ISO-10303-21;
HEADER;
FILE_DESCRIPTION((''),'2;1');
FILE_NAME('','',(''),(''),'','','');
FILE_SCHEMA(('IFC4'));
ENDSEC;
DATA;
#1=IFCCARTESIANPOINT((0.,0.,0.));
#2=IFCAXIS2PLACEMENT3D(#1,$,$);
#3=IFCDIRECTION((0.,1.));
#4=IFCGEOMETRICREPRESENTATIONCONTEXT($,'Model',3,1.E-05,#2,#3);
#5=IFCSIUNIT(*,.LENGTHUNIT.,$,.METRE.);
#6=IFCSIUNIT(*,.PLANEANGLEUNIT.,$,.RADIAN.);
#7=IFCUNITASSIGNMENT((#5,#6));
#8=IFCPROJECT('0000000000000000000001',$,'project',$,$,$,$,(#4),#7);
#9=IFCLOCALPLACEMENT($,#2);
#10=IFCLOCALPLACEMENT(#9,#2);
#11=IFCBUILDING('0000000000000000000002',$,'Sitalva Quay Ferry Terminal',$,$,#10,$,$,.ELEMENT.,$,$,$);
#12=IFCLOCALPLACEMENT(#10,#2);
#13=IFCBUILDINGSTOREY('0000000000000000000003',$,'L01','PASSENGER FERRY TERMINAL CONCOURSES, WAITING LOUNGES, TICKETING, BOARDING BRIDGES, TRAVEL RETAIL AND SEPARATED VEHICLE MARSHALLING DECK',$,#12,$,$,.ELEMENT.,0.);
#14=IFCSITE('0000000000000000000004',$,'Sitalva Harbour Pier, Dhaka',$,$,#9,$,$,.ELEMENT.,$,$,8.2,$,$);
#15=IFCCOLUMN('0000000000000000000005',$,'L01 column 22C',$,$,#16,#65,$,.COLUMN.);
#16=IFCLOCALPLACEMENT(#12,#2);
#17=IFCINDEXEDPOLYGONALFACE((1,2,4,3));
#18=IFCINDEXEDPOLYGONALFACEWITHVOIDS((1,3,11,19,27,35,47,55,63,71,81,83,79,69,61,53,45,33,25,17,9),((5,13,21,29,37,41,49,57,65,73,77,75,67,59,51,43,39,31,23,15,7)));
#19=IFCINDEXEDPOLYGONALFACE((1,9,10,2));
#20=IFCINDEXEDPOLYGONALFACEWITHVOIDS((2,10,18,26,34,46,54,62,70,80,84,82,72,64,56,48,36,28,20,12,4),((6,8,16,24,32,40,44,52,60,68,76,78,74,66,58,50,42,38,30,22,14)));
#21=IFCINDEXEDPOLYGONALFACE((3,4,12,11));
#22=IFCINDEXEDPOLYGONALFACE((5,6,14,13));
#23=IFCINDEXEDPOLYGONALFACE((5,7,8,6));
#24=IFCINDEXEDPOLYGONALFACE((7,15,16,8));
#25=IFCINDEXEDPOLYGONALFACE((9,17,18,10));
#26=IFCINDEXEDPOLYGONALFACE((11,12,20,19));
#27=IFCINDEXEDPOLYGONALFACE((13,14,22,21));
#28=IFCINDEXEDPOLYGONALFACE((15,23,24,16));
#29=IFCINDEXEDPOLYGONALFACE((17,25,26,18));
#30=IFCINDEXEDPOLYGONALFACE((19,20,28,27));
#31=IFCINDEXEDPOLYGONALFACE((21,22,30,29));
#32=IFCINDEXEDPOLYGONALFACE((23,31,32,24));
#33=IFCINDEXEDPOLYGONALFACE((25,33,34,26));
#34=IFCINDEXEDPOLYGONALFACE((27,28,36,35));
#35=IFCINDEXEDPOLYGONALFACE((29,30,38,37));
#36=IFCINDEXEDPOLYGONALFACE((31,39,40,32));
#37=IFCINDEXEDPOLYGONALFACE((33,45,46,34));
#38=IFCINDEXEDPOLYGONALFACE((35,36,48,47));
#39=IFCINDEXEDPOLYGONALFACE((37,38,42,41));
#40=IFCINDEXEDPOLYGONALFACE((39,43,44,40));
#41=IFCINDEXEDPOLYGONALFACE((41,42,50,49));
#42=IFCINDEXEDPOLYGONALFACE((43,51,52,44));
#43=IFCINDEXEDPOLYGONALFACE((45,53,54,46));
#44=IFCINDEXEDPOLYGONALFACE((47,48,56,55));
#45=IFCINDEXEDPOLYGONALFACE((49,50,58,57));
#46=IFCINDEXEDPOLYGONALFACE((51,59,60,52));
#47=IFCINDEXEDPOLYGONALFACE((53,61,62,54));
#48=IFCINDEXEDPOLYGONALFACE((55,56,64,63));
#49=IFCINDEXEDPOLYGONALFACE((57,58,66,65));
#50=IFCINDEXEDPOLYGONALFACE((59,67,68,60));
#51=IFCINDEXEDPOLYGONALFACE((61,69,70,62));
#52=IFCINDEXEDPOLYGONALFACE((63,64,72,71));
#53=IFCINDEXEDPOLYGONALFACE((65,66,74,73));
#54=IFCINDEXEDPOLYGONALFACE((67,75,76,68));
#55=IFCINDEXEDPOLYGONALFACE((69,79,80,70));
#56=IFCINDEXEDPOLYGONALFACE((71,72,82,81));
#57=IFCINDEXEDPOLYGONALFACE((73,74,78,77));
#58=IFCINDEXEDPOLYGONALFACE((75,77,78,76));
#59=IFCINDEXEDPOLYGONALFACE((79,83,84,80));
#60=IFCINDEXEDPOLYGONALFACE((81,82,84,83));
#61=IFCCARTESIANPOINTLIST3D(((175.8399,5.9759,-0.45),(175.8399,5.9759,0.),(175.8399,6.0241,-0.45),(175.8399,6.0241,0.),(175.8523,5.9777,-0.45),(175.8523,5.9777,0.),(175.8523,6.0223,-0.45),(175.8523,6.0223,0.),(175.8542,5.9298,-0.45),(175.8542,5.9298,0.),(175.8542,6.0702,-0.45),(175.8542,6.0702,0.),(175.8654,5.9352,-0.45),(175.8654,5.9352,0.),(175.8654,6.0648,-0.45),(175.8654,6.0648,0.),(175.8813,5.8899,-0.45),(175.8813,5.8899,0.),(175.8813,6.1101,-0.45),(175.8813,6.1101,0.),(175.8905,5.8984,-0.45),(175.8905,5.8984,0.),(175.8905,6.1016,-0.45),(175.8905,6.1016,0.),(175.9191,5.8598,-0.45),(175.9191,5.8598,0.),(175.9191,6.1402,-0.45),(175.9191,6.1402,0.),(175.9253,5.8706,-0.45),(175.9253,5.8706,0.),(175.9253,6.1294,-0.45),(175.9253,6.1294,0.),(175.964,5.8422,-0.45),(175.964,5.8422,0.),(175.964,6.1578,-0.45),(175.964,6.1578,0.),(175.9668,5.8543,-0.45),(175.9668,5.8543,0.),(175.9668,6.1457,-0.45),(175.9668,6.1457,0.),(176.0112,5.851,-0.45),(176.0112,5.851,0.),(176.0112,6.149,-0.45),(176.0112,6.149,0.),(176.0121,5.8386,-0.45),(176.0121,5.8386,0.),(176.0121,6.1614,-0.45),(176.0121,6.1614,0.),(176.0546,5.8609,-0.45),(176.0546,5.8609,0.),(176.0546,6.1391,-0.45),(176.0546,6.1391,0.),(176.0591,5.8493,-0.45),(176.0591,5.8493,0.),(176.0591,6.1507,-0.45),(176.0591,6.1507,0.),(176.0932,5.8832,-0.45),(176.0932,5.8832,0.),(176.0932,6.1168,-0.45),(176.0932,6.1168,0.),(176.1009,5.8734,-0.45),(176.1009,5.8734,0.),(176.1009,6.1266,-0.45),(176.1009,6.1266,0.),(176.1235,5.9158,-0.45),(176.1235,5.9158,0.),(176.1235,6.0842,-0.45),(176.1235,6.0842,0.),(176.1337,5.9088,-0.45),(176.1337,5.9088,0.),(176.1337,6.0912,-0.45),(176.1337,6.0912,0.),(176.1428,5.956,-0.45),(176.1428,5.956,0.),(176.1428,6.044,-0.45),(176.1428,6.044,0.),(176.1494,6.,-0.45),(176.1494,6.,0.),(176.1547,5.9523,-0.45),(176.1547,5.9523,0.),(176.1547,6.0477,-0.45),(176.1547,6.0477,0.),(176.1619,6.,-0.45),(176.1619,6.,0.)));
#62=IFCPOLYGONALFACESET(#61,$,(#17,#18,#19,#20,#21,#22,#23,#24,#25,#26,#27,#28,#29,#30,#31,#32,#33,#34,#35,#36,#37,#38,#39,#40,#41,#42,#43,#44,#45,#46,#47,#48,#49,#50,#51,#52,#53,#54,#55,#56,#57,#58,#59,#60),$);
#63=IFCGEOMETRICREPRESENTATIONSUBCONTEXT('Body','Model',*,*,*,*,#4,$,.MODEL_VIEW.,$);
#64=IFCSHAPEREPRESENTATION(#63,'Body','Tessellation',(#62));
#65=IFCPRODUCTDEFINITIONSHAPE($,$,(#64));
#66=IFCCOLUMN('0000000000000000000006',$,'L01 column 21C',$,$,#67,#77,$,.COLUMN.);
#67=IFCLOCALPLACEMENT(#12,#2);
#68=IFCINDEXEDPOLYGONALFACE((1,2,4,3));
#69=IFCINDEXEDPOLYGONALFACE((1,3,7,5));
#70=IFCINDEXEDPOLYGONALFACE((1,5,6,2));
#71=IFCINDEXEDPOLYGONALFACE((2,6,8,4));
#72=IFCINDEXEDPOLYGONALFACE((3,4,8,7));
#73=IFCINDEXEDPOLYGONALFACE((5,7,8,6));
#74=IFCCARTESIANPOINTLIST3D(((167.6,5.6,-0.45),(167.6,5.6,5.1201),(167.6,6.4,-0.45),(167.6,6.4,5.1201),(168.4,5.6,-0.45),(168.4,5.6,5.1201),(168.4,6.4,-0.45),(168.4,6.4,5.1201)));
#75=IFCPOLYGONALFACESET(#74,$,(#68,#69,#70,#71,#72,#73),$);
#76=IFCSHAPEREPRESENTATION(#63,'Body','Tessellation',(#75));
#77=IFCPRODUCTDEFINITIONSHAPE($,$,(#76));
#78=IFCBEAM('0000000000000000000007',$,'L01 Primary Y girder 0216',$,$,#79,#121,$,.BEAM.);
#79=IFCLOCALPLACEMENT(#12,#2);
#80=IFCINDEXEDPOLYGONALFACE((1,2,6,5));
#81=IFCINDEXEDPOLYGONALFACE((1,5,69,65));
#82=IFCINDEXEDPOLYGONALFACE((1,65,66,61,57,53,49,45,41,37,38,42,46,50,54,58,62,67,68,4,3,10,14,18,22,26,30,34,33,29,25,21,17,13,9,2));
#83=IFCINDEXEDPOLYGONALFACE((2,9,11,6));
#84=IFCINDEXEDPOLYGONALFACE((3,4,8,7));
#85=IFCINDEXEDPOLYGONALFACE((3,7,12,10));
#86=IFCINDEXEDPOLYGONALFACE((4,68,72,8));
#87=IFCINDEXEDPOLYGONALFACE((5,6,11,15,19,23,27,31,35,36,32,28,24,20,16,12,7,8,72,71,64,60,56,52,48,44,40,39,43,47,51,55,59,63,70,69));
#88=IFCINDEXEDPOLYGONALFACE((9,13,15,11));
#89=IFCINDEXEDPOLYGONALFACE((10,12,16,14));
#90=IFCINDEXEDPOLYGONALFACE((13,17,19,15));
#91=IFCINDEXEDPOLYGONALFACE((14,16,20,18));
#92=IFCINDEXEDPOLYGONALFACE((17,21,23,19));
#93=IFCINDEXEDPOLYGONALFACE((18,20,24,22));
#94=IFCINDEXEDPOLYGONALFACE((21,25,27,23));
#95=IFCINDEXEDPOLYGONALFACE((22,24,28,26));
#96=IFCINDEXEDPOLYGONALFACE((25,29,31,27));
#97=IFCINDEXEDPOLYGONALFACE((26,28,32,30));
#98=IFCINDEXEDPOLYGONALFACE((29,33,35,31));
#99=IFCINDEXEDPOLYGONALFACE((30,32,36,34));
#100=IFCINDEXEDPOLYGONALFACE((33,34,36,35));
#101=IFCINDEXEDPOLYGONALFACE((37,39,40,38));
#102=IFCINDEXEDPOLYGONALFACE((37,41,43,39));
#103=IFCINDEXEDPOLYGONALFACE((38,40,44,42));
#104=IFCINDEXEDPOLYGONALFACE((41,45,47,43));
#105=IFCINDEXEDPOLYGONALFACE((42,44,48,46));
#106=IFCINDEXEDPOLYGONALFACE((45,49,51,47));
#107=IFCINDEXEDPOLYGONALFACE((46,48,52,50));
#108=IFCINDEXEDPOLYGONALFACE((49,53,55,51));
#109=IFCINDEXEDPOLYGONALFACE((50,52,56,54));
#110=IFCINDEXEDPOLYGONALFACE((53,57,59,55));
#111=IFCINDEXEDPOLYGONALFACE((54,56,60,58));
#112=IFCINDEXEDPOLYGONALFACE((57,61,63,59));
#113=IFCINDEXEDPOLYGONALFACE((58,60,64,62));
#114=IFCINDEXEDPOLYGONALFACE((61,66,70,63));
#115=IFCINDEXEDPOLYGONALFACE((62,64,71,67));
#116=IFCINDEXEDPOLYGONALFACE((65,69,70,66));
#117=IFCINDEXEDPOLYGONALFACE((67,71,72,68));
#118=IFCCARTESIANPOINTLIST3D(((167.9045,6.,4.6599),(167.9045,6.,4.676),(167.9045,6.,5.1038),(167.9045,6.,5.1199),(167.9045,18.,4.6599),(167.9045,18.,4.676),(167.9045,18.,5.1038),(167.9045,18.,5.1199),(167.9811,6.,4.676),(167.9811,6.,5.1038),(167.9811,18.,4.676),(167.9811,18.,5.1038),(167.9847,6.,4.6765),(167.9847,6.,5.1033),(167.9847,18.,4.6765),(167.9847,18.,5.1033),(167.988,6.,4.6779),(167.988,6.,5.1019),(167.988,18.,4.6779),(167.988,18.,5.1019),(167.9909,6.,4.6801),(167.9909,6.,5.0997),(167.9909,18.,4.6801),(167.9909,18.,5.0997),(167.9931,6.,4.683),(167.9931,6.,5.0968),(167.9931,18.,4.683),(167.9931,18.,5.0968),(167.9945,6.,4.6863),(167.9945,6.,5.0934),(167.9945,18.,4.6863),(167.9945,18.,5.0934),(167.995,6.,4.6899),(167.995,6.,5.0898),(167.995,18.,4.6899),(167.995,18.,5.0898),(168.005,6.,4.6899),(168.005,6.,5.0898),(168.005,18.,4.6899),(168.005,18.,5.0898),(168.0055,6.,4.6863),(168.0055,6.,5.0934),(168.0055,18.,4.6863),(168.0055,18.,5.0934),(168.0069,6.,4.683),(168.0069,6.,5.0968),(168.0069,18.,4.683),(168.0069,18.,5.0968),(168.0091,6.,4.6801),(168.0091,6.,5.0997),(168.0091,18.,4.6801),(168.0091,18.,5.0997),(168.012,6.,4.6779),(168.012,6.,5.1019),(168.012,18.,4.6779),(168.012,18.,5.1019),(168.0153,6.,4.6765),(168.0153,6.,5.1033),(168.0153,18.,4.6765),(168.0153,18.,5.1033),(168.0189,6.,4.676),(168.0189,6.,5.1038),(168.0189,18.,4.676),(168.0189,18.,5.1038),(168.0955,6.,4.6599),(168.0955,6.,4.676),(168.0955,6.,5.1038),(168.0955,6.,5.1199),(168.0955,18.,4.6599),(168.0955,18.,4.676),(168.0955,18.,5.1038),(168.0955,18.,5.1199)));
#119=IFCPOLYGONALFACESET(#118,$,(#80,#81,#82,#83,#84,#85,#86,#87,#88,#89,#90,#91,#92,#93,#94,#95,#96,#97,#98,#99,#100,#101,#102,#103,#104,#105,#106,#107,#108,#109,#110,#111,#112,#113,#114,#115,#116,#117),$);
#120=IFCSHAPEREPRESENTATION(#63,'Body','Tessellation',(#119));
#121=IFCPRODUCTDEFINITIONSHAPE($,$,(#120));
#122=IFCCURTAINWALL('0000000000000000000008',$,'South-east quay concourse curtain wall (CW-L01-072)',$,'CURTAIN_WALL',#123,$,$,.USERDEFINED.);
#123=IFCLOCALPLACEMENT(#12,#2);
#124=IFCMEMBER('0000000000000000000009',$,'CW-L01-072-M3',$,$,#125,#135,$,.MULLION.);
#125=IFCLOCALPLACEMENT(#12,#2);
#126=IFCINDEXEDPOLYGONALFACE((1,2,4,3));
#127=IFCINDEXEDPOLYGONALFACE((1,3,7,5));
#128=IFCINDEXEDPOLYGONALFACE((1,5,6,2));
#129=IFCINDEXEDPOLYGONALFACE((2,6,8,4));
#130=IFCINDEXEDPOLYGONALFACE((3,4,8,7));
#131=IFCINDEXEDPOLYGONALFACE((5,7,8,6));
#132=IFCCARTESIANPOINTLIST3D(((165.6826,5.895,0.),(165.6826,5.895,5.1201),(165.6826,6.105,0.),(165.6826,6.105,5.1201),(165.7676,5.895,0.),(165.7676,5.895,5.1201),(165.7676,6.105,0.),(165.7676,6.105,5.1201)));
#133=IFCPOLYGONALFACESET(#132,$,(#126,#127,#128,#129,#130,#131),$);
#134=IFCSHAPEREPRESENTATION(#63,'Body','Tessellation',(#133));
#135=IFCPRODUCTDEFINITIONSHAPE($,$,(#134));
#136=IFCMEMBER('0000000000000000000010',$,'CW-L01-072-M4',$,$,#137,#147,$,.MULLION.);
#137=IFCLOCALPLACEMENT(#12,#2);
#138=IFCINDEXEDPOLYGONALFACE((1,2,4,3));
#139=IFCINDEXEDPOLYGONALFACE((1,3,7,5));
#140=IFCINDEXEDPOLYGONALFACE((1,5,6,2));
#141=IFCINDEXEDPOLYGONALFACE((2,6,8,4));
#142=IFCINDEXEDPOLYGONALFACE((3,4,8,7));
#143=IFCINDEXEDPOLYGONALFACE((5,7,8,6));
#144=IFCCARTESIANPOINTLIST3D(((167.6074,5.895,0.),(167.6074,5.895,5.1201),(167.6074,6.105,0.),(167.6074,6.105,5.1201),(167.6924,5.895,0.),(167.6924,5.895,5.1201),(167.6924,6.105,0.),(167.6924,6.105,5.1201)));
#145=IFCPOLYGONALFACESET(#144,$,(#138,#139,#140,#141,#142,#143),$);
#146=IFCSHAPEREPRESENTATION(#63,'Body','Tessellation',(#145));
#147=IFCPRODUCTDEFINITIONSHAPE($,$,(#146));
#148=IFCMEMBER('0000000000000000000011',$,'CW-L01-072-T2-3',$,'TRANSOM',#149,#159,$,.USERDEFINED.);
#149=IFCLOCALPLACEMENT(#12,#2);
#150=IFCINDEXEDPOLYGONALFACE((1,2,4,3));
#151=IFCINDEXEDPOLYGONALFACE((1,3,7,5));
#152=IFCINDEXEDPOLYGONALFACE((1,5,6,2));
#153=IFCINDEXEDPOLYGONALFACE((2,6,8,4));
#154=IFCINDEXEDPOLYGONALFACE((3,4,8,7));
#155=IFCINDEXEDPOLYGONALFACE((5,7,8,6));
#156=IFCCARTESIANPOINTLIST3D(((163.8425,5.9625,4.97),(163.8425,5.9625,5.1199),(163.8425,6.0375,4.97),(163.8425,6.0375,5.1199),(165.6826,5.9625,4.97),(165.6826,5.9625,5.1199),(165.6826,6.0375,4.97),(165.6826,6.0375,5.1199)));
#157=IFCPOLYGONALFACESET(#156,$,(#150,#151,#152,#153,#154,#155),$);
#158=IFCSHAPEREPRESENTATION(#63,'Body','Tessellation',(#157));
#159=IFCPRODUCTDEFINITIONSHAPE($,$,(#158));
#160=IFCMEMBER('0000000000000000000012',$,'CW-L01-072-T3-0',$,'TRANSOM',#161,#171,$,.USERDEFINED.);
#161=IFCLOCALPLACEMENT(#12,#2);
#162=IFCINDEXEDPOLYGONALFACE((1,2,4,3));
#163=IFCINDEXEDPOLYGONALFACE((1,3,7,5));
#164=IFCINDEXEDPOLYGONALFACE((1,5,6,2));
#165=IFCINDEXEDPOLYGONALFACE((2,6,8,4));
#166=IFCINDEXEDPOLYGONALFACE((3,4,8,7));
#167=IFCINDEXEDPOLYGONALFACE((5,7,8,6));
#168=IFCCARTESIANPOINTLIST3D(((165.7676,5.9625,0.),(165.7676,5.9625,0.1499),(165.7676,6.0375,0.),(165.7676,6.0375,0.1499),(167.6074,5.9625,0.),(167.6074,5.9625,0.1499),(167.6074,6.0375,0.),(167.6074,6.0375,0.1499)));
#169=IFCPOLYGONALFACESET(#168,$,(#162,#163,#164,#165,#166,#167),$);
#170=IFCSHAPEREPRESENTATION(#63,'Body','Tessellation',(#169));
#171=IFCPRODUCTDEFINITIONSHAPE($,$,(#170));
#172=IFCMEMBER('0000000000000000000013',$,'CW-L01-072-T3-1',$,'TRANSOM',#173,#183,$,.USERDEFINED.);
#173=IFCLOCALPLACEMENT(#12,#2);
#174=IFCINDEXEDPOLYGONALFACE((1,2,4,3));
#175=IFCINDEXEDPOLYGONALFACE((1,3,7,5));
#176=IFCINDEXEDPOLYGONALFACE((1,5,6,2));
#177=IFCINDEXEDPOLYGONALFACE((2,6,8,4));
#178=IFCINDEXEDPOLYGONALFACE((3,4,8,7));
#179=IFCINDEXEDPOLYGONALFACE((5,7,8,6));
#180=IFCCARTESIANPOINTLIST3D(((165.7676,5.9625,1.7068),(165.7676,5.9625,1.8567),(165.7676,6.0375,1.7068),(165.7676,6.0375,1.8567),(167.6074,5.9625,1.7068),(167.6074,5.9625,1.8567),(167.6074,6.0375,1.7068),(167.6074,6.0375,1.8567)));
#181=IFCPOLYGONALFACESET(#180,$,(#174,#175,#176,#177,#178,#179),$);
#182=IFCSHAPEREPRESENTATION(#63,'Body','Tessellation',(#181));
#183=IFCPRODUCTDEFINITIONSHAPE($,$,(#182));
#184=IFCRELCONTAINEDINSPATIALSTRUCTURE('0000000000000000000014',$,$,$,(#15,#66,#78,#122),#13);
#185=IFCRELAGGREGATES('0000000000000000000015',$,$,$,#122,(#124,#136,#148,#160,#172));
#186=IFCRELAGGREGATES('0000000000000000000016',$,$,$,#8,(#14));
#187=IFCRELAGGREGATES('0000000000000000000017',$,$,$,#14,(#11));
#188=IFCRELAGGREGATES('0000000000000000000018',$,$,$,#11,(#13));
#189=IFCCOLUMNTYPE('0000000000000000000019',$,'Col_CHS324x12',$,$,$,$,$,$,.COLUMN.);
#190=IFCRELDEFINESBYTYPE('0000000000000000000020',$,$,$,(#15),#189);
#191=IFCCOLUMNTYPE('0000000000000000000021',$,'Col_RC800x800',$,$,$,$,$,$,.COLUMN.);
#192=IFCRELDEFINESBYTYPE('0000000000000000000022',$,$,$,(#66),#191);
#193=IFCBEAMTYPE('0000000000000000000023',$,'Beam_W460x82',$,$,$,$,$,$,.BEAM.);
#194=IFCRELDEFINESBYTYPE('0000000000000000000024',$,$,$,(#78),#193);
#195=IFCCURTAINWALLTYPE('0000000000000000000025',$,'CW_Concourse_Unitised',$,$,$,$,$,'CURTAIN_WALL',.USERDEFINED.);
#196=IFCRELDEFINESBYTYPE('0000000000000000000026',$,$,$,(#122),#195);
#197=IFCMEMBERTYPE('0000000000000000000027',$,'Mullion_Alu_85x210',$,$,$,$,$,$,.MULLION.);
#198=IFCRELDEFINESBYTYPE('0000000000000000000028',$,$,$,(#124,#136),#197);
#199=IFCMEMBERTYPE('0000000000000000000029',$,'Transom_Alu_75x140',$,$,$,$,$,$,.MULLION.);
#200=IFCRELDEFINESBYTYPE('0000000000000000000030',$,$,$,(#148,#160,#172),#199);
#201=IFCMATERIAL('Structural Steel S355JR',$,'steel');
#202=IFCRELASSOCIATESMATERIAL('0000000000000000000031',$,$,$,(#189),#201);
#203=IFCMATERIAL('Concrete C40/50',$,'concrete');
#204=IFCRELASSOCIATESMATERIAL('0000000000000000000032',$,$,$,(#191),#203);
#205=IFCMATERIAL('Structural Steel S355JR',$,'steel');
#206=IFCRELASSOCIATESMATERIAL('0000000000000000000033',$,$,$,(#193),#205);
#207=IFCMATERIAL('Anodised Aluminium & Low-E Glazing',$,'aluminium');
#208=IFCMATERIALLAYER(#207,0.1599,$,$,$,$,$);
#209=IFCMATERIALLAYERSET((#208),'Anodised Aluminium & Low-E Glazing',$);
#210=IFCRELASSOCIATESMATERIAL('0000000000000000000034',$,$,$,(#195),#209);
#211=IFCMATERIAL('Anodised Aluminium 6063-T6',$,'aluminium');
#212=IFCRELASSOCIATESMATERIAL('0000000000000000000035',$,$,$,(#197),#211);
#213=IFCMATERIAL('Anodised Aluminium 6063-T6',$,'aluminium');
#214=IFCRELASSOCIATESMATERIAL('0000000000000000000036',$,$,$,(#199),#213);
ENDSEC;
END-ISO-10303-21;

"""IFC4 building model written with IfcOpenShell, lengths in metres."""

from ifc_helpers import new_model, si_unit, direction, frame, origin, origin_2d, place, context, subcontext, project, spatial, rectangle, hollow_circle, i_section, extrude, material, layer, layer_set, material_profile, profile_set, type_object, element, aggregate, save


model = new_model("IFC4")

# Units and contexts
model_context = context("Model", 3, precision=1e-05, world=origin(), true_north=direction((0.0, 1.0)))
body_context = subcontext(model_context, "Body", "Model", "MODEL_VIEW")
ifc_project = project(units=[si_unit("LENGTHUNIT", "METRE"), si_unit("PLANEANGLEUNIT", "RADIAN")], contexts=[model_context])

# Site, building, storey
site_placement = place(None, origin())
site = spatial("IfcSite", under=ifc_project, at=site_placement, Name="Sitalva Harbour Pier, Dhaka", CompositionType="ELEMENT", RefElevation=8.2)
building_placement = place(site_placement, origin())
building = spatial("IfcBuilding", under=site, at=building_placement, Name="Sitalva Quay Ferry Terminal", CompositionType="ELEMENT")
storey_placement = place(building_placement, origin())
storey = spatial("IfcBuildingStorey", under=building, at=storey_placement, Name="L01", Description="PASSENGER FERRY TERMINAL CONCOURSES, WAITING LOUNGES, TICKETING, BOARDING BRIDGES, TRAVEL RETAIL AND SEPARATED VEHICLE MARSHALLING DECK", CompositionType="ELEMENT", Elevation=0.0)

# Columns
ifc_material_1 = material(Name="Structural Steel S355JR", Category="steel")
ifc_material_profile_1 = material_profile(ifc_material_1, hollow_circle(Radius=0.1619, WallThickness=0.0125, at=origin_2d()), Name="CHS324x12.5")
ifc_profile_set_1 = profile_set([ifc_material_profile_1], Name="Structural Steel S355JR")
column_type_1 = type_object("IfcColumnType", Name="Col_CHS324x12", PredefinedType="COLUMN", material=ifc_profile_set_1)
column_1_placement = place(storey_placement, frame((176.0, 6.0, -0.45), z_axis=(0.0, 0.0, 1.0), x_axis=(1.0, 0.0, 0.0)))
element("IfcColumn", 1, at=column_1_placement, inside=storey, type_object=column_type_1, Name="L01 column 22C", PredefinedType="COLUMN", context=body_context, shape_type="SweptSolid", body=[
    extrude(hollow_circle(Radius=0.1619, WallThickness=0.0125, at=origin_2d()), origin(), (0.0, 0.0, 1.0), 0.45),
])
ifc_material_2 = material(Name="Concrete C40/50", Category="concrete")
ifc_material_profile_2 = material_profile(ifc_material_2, rectangle(XDim=0.8, YDim=0.8, at=origin_2d()), Name="RC800x800")
ifc_profile_set_2 = profile_set([ifc_material_profile_2], Name="Concrete C40/50")
column_type_2 = type_object("IfcColumnType", Name="Col_RC800x800", PredefinedType="COLUMN", material=ifc_profile_set_2)
column_2_placement = place(storey_placement, frame((168.0, 6.0, -0.45), z_axis=(0.0, 0.0, 1.0), x_axis=(1.0, 0.0, 0.0)))
element("IfcColumn", 2, at=column_2_placement, inside=storey, type_object=column_type_2, Name="L01 column 21C", PredefinedType="COLUMN", context=body_context, shape_type="SweptSolid", body=[
    extrude(rectangle(XDim=0.8, YDim=0.8, at=origin_2d()), origin(), (0.0, 0.0, 1.0), 5.5701),
])

# Beam
ifc_material_3 = material(Name="Structural Steel S355JR", Category="steel")
ifc_material_profile_3 = material_profile(ifc_material_3, i_section(OverallWidth=0.1909, OverallDepth=0.46, WebThickness=0.01, FlangeThickness=0.0161, FilletRadius=0.0139, at=origin_2d()), Name="W460x82")
ifc_profile_set_3 = profile_set([ifc_material_profile_3], Name="Structural Steel S355JR")
beam_type = type_object("IfcBeamType", Name="Beam_W460x82", PredefinedType="BEAM", material=ifc_profile_set_3)
beam_placement = place(storey_placement, frame((168.0, 6.0, 4.8899), z_axis=(0.0, 1.0, 0.0), x_axis=(-1.0, 0.0, 0.0)))
element("IfcBeam", 3, at=beam_placement, inside=storey, type_object=beam_type, Name="L01 Primary Y girder 0216", PredefinedType="BEAM", context=body_context, shape_type="SweptSolid", body=[
    extrude(i_section(OverallWidth=0.1909, OverallDepth=0.46, WebThickness=0.01, FlangeThickness=0.0161, FilletRadius=0.0139, at=origin_2d()), origin(), (0.0, 0.0, 1.0), 12.0),
])

# Curtain wall, members
ifc_material_4 = material(Name="Anodised Aluminium & Low-E Glazing", Category="aluminium")
ifc_layer_1 = layer(ifc_material_4, 0.1599)
ifc_layer_set_1 = layer_set([ifc_layer_1], Name="Anodised Aluminium & Low-E Glazing")
curtain_wall_type = type_object("IfcCurtainWallType", Name="CW_Concourse_Unitised", ElementType="CURTAIN_WALL", PredefinedType="USERDEFINED", material=ifc_layer_set_1)
curtain_wall_placement = place(storey_placement, origin())
curtain_wall = element("IfcCurtainWall", 4, at=curtain_wall_placement, inside=storey, type_object=curtain_wall_type, Name="South-east quay concourse curtain wall (CW-L01-072)", ObjectType="CURTAIN_WALL", PredefinedType="USERDEFINED")
ifc_material_5 = material(Name="Anodised Aluminium 6063-T6", Category="aluminium")
ifc_material_profile_4 = material_profile(ifc_material_5, rectangle(XDim=0.085, YDim=0.21, at=origin_2d()), Name="ALU85x210")
ifc_profile_set_4 = profile_set([ifc_material_profile_4], Name="Anodised Aluminium 6063-T6")
member_type_1 = type_object("IfcMemberType", Name="Mullion_Alu_85x210", PredefinedType="MULLION", material=ifc_profile_set_4)
member_1_placement = place(storey_placement, frame((165.7251, 6.0, 0.0), z_axis=(0.0, 0.0, 1.0), x_axis=(1.0, 0.0, 0.0)))
member_1 = element("IfcMember", 5, at=member_1_placement, type_object=member_type_1, Name="CW-L01-072-M3", PredefinedType="MULLION", context=body_context, shape_type="SweptSolid", body=[
    extrude(rectangle(XDim=0.085, YDim=0.21, at=origin_2d()), origin(), (0.0, 0.0, 1.0), 5.1201),
])
member_2_placement = place(storey_placement, frame((167.6499, 6.0, 0.0), z_axis=(0.0, 0.0, 1.0), x_axis=(1.0, 0.0, 0.0)))
member_2 = element("IfcMember", 6, at=member_2_placement, type_object=member_type_1, Name="CW-L01-072-M4", PredefinedType="MULLION", context=body_context, shape_type="SweptSolid", body=[
    extrude(rectangle(XDim=0.085, YDim=0.21, at=origin_2d()), origin(), (0.0, 0.0, 1.0), 5.1201),
])
ifc_material_6 = material(Name="Anodised Aluminium 6063-T6", Category="aluminium")
ifc_material_profile_5 = material_profile(ifc_material_6, rectangle(XDim=0.075, YDim=0.1499, at=origin_2d()), Name="ALU75x150")
ifc_profile_set_5 = profile_set([ifc_material_profile_5], Name="Anodised Aluminium 6063-T6")
member_type_2 = type_object("IfcMemberType", Name="Transom_Alu_75x140", PredefinedType="MULLION", material=ifc_profile_set_5)
member_3_placement = place(storey_placement, frame((163.8425, 6.0, 5.0449), z_axis=(1.0, 0.0, 0.0), x_axis=(0.0, 1.0, 0.0)))
member_3 = element("IfcMember", 7, at=member_3_placement, type_object=member_type_2, Name="CW-L01-072-T2-3", ObjectType="TRANSOM", PredefinedType="USERDEFINED", context=body_context, shape_type="SweptSolid", body=[
    extrude(rectangle(XDim=0.075, YDim=0.1499, at=origin_2d()), origin(), (0.0, 0.0, 1.0), 1.8401),
])
member_4_placement = place(storey_placement, frame((165.7676, 6.0, 0.075), z_axis=(1.0, 0.0, 0.0), x_axis=(0.0, 1.0, 0.0)))
member_4 = element("IfcMember", 8, at=member_4_placement, type_object=member_type_2, Name="CW-L01-072-T3-0", ObjectType="TRANSOM", PredefinedType="USERDEFINED", context=body_context, shape_type="SweptSolid", body=[
    extrude(rectangle(XDim=0.075, YDim=0.1499, at=origin_2d()), origin(), (0.0, 0.0, 1.0), 1.8398),
])
member_5_placement = place(storey_placement, frame((165.7676, 6.0, 1.7817), z_axis=(1.0, 0.0, 0.0), x_axis=(0.0, 1.0, 0.0)))
member_5 = element("IfcMember", 9, at=member_5_placement, type_object=member_type_2, Name="CW-L01-072-T3-1", ObjectType="TRANSOM", PredefinedType="USERDEFINED", context=body_context, shape_type="SweptSolid", body=[
    extrude(rectangle(XDim=0.075, YDim=0.1499, at=origin_2d()), origin(), (0.0, 0.0, 1.0), 1.8398),
])

aggregate(curtain_wall, [member_1, member_2, member_3, member_4, member_5])

save(model, "model.ifc")
